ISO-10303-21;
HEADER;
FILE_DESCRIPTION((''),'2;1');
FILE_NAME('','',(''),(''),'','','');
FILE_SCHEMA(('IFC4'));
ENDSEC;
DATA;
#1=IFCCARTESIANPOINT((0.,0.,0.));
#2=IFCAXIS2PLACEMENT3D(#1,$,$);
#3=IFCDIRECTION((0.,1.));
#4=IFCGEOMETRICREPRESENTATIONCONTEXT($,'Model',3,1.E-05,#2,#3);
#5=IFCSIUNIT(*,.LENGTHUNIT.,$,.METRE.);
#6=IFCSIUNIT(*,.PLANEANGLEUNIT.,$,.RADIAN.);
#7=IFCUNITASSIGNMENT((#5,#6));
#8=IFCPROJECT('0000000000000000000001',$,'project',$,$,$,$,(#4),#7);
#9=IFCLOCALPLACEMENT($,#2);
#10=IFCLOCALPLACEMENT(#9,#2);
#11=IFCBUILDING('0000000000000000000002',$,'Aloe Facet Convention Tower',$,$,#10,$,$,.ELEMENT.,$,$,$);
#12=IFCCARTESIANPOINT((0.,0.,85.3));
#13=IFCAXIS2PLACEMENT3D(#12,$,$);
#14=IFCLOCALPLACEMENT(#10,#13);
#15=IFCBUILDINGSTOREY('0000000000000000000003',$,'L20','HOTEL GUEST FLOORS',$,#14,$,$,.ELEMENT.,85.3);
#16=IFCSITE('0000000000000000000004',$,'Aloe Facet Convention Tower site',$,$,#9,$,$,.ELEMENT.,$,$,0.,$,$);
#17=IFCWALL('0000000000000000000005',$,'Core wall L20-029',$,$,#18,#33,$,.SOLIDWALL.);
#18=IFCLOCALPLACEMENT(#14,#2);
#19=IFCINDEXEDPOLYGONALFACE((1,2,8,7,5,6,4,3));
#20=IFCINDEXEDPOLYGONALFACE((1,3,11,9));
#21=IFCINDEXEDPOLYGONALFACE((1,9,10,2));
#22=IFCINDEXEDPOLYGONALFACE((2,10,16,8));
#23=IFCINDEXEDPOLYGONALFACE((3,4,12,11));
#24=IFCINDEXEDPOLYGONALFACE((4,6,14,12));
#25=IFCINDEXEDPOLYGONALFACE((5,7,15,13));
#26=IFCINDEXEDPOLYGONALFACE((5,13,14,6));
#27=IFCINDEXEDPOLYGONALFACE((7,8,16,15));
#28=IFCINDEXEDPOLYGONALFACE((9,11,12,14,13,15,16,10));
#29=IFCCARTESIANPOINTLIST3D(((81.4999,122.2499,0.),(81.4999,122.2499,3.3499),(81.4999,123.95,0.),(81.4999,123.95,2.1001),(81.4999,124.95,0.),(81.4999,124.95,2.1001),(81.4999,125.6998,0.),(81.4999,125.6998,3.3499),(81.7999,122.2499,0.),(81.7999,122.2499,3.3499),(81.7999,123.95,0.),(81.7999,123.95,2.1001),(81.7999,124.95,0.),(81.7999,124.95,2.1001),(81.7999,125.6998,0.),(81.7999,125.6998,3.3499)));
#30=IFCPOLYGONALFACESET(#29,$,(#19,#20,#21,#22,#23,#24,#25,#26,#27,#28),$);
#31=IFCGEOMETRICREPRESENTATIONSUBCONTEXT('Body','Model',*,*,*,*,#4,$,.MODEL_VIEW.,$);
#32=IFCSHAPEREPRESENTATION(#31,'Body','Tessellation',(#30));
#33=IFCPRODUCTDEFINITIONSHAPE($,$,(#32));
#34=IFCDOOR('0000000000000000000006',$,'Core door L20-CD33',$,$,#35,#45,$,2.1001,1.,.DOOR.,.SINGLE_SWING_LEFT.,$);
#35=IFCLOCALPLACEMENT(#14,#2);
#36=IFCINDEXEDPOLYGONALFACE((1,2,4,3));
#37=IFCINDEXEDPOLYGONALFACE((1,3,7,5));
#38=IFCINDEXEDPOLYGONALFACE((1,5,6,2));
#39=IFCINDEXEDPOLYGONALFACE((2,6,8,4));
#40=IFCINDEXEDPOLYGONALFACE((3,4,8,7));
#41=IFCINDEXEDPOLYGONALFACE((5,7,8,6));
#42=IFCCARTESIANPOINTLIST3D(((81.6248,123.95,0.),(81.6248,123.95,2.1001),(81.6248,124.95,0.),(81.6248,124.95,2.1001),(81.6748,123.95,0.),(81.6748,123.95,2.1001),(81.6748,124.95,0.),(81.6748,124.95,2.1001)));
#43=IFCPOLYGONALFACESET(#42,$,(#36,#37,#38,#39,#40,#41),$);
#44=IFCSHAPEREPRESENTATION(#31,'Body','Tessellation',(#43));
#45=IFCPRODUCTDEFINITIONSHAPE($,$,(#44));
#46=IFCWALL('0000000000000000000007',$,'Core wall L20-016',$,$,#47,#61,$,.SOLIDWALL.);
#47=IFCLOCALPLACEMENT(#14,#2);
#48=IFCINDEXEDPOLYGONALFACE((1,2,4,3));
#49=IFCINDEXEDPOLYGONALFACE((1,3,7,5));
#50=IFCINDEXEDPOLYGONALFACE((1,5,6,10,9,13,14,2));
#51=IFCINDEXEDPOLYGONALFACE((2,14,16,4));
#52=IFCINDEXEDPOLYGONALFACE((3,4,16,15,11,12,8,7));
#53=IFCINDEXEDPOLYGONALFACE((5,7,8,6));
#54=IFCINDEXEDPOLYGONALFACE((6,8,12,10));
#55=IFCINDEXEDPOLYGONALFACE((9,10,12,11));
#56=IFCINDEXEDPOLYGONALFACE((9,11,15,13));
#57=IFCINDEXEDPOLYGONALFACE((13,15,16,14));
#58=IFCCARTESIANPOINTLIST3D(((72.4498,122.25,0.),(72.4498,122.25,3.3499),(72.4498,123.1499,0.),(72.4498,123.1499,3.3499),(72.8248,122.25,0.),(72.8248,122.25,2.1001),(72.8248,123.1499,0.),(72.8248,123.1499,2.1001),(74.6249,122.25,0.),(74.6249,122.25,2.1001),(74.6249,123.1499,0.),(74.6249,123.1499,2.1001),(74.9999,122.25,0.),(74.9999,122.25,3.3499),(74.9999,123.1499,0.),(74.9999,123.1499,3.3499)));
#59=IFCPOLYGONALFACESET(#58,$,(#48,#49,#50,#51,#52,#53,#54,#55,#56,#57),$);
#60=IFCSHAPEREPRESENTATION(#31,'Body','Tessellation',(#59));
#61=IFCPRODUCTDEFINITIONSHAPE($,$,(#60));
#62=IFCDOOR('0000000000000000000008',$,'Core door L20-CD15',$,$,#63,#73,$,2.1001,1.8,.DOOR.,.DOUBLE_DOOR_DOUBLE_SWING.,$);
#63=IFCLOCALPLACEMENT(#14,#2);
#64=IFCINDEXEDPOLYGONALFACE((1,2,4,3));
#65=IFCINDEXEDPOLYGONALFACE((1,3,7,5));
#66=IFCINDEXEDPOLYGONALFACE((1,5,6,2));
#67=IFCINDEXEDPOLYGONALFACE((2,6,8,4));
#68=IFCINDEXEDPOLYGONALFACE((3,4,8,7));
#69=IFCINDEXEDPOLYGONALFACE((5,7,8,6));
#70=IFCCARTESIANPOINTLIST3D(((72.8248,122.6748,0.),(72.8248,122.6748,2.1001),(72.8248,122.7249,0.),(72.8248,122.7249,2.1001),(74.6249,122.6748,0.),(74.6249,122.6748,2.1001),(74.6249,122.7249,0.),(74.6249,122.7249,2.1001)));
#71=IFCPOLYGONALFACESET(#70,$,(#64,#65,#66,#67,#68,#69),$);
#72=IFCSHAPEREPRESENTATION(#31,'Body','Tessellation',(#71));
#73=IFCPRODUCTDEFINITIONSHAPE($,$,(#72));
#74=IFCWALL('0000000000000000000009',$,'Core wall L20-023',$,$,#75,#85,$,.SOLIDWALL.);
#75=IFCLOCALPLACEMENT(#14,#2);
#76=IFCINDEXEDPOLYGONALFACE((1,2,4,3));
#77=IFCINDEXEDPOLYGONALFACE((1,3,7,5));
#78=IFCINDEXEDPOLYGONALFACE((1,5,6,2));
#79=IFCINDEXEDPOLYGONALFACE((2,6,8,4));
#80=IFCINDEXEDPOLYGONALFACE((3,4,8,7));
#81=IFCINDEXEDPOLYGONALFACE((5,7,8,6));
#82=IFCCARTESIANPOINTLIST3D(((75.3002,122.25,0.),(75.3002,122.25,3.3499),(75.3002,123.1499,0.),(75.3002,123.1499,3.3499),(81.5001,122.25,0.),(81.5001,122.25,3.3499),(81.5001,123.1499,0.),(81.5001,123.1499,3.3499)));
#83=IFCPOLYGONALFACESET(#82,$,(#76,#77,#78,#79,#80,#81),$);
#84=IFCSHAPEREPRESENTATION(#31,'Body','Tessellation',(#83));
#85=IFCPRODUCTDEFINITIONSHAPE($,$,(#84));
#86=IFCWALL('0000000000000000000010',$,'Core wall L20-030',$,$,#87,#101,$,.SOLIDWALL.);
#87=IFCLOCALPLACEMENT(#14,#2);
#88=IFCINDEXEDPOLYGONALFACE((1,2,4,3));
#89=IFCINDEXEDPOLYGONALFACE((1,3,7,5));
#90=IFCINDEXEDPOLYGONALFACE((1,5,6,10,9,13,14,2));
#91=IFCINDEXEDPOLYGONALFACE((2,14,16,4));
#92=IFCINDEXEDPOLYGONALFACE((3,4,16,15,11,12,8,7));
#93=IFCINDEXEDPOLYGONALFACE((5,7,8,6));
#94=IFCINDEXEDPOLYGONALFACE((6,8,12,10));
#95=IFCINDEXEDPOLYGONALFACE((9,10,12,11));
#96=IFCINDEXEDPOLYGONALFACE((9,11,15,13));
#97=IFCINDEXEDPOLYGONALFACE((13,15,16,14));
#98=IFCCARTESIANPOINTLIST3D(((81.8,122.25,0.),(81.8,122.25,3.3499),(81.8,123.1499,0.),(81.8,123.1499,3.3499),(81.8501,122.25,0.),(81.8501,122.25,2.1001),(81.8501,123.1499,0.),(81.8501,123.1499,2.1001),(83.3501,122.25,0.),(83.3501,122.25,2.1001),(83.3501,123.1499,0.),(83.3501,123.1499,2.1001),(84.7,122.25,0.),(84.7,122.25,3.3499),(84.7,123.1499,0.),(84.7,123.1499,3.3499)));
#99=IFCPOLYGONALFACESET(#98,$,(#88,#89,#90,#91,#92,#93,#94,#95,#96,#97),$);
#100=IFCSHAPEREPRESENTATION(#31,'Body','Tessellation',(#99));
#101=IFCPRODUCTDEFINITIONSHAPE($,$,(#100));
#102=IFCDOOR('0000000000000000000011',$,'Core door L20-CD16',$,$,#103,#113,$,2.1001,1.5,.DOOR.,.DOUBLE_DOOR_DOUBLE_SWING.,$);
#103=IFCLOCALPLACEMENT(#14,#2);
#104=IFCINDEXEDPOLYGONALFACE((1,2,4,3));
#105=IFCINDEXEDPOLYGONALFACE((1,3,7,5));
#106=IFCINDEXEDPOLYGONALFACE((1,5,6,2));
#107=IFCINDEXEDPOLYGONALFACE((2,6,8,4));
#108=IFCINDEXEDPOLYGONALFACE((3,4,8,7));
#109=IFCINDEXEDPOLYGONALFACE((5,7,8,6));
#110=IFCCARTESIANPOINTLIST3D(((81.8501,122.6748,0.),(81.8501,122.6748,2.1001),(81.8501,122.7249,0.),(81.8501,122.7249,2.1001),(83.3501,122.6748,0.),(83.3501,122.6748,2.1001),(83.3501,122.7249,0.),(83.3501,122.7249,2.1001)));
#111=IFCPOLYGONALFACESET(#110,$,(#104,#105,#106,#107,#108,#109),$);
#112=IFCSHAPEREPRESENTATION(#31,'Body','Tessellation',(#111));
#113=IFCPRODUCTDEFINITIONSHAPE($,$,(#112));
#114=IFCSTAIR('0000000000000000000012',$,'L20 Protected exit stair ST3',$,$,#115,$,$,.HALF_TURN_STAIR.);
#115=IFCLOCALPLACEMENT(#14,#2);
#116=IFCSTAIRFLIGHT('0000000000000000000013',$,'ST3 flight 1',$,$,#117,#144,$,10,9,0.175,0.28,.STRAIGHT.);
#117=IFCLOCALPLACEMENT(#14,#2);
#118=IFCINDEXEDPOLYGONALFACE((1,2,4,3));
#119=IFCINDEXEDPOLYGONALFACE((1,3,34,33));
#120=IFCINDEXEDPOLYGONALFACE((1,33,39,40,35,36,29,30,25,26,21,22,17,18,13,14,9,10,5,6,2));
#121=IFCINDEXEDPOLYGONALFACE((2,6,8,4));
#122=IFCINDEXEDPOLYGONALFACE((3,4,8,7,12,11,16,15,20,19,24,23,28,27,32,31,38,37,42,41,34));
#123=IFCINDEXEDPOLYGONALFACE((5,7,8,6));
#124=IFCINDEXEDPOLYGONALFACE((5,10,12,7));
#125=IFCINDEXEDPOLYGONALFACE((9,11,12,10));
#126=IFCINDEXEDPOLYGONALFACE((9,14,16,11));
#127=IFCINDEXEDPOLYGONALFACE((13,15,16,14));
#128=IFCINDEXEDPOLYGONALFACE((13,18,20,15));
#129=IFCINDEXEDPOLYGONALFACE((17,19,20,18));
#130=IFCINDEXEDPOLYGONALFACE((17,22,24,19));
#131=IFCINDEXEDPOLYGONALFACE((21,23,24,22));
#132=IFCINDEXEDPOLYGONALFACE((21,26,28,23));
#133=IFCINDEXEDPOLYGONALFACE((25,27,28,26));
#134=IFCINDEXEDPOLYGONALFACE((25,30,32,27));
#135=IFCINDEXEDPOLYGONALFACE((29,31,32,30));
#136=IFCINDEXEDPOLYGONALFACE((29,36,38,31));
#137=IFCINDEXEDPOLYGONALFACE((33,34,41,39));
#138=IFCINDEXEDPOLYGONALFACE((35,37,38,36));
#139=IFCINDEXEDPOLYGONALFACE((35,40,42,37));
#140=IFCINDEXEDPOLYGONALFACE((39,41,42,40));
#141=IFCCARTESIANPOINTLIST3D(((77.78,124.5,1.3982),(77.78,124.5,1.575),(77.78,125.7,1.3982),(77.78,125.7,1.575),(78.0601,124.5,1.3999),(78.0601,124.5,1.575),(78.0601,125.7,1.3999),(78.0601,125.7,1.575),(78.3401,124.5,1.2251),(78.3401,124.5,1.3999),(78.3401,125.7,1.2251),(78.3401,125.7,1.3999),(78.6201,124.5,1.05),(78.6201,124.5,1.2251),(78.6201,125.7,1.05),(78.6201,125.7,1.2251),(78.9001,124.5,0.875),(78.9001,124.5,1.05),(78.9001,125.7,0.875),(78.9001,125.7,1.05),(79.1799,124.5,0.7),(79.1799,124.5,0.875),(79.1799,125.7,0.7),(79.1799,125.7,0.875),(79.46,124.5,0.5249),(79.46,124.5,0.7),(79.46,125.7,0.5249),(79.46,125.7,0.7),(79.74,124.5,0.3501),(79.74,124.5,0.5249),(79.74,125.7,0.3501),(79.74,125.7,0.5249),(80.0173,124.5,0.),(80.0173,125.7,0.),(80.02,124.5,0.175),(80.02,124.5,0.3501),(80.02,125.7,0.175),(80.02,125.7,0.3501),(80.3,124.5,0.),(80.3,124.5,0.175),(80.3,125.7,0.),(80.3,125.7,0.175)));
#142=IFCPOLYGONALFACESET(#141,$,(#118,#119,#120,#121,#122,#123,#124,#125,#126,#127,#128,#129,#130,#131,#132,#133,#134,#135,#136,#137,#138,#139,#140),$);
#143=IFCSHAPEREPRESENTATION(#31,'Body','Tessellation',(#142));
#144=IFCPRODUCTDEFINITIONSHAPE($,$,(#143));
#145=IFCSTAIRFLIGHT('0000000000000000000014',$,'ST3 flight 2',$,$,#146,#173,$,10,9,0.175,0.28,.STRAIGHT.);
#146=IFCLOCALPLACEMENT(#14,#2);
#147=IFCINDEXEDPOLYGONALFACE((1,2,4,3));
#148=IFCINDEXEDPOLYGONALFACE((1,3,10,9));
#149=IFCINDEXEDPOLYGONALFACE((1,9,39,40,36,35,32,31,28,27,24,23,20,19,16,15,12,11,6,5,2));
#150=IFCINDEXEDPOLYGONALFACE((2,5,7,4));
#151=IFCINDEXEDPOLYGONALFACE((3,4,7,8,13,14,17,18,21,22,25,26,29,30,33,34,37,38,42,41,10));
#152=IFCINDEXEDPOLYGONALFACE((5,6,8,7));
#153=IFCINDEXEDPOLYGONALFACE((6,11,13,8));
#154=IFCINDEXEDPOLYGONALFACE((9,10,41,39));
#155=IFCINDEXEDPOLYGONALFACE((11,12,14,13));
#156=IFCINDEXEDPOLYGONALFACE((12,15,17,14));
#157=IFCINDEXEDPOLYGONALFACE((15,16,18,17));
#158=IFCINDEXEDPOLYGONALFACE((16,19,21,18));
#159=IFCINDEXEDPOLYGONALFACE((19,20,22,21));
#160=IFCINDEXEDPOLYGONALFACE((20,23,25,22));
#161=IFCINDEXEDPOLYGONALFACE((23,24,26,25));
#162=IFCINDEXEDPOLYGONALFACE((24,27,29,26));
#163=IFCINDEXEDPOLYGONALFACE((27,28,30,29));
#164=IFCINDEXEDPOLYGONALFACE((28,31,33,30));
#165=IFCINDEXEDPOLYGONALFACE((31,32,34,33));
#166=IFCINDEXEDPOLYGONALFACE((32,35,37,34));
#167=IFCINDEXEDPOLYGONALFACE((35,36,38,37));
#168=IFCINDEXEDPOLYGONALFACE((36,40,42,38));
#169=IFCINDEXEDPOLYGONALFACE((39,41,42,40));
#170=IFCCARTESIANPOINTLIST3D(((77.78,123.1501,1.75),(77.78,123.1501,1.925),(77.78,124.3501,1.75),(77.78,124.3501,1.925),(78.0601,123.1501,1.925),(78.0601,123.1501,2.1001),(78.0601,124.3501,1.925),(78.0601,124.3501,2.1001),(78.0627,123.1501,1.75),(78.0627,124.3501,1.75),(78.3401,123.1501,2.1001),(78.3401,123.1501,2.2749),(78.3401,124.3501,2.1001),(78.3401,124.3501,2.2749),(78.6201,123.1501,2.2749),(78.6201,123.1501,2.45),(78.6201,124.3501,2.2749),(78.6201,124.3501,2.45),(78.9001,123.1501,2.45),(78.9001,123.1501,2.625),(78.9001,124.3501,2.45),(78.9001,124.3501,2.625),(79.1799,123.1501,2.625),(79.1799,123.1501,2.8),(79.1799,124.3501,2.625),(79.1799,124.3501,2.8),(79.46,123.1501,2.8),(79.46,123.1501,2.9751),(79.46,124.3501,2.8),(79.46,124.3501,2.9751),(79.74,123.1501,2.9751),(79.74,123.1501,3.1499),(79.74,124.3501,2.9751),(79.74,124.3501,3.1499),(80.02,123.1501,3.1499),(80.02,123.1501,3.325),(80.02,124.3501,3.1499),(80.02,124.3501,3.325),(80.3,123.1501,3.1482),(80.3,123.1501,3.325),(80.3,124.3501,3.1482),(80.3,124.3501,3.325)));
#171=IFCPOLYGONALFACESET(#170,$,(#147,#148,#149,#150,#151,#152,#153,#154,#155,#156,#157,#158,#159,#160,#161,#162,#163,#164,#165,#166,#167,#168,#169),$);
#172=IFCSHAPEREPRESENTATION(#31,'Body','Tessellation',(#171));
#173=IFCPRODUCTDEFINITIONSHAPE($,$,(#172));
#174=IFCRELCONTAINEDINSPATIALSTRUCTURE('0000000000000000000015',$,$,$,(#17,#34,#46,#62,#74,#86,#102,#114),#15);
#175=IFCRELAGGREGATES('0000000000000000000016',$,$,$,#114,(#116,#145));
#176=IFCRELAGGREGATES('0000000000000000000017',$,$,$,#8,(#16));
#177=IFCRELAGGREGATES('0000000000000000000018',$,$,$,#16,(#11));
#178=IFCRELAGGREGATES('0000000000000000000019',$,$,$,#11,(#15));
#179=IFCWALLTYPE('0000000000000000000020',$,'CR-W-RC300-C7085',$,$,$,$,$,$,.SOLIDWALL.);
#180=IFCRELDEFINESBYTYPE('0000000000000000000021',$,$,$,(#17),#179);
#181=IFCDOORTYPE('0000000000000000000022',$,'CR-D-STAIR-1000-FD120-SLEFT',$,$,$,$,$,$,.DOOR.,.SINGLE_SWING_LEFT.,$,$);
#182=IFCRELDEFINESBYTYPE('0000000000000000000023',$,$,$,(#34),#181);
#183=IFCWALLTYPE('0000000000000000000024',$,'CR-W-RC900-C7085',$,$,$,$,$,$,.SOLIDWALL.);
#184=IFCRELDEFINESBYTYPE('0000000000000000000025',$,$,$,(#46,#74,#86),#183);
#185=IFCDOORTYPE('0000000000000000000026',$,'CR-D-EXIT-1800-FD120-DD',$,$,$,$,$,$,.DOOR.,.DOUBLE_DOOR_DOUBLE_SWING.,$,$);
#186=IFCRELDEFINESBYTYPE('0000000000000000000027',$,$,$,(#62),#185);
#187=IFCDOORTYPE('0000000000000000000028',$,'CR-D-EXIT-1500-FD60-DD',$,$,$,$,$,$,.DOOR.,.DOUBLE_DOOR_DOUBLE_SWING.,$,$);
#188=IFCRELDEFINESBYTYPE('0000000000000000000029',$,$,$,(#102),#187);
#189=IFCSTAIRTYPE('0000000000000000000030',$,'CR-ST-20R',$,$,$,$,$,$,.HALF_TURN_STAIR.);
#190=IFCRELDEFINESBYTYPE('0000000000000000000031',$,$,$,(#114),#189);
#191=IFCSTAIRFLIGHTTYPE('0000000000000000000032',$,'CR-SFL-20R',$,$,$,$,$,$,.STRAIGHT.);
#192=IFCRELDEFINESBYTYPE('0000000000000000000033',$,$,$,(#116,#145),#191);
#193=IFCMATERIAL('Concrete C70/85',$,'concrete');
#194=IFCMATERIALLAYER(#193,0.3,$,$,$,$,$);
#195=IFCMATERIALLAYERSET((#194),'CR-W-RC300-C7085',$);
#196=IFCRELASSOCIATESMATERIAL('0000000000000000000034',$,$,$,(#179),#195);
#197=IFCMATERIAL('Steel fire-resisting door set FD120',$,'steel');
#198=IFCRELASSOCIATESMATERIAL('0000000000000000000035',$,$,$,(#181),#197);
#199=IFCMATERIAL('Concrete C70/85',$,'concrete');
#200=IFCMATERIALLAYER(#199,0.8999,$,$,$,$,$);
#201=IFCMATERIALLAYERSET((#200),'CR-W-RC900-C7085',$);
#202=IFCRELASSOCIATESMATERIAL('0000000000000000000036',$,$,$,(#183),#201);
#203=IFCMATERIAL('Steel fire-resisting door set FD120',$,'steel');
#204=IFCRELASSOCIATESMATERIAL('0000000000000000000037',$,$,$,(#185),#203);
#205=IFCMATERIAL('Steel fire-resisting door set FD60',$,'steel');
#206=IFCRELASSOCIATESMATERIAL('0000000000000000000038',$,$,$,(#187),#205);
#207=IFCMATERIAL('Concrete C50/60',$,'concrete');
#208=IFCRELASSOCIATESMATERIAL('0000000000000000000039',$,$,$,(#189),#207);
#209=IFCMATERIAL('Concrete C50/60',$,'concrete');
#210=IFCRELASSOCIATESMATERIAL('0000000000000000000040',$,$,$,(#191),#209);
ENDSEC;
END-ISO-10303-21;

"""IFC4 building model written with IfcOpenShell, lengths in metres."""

from ifc_helpers import new_model, si_unit, direction, frame, frame_2d, origin, place, context, subcontext, project, spatial, polyline, rectangle, outline, extrude, material, layer, layer_set, type_object, element, fill, aggregate, save


model = new_model("IFC4")

# Units and contexts
model_context = context("Model", 3, precision=1e-05, world=origin(), true_north=direction((0.0, 1.0)))
body_context = subcontext(model_context, "Body", "Model", "MODEL_VIEW")
ifc_project = project(units=[si_unit("LENGTHUNIT", "METRE"), si_unit("PLANEANGLEUNIT", "RADIAN")], contexts=[model_context])

# Site, building, storey
site_placement = place(None, origin())
site = spatial("IfcSite", under=ifc_project, at=site_placement, Name="Aloe Facet Convention Tower site", CompositionType="ELEMENT", RefElevation=0.0)
building_placement = place(site_placement, origin())
building = spatial("IfcBuilding", under=site, at=building_placement, Name="Aloe Facet Convention Tower", CompositionType="ELEMENT")
storey_placement = place(building_placement, frame((0.0, 0.0, 85.3)))
storey = spatial("IfcBuildingStorey", under=building, at=storey_placement, Name="L20", Description="HOTEL GUEST FLOORS", CompositionType="ELEMENT", Elevation=85.3)

# Walls, openings, doors
ifc_material_1 = material(Name="Concrete C70/85", Category="concrete")
ifc_layer_1 = layer(ifc_material_1, 0.3)
ifc_layer_set_1 = layer_set([ifc_layer_1], Name="CR-W-RC300-C7085")
wall_type_1 = type_object("IfcWallType", Name="CR-W-RC300-C7085", PredefinedType="SOLIDWALL", material=ifc_layer_set_1)
wall_1_placement = place(storey_placement, frame((81.6499, 125.7, 0.0), z_axis=(0.0, 0.0, 1.0), x_axis=(0.0, -1.0, 0.0)))
wall_1 = element("IfcWall", 1, at=wall_1_placement, inside=storey, type_object=wall_type_1, Name="Core wall L20-029", PredefinedType="SOLIDWALL", context=body_context, shape_type="SweptSolid", body=[
    extrude(rectangle(XDim=3.45, YDim=0.3, at=frame_2d((1.7251, 0.0))), origin(), (0.0, 0.0, 1.0), 3.3499),
])
opening_1_placement = place(wall_1_placement, frame((0.75, 0.0, 0.0)))
opening_1 = element("IfcOpeningElement", 2, at=opening_1_placement, cuts=wall_1, PredefinedType="OPENING", context=body_context, shape_type="SweptSolid", body=[
    extrude(rectangle(XDim=1.0, YDim=2.1001, at=frame_2d((0.5, 1.05))), frame((0.0, 0.1602, 0.0), z_axis=(0.0, -1.0, 0.0), x_axis=(1.0, 0.0, 0.0)), (0.0, 0.0, 1.0), 0.3201),
])
ifc_material_2 = material(Name="Steel fire-resisting door set FD120", Category="steel")
door_type_1 = type_object("IfcDoorType", Name="CR-D-STAIR-1000-FD120-SLEFT", OperationType="SINGLE_SWING_LEFT", PredefinedType="DOOR", material=ifc_material_2)
door_1_placement = place(opening_1_placement, origin())
door_1 = element("IfcDoor", 3, at=door_1_placement, inside=storey, type_object=door_type_1, Name="Core door L20-CD33", OperationType="SINGLE_SWING_LEFT", OverallHeight=2.1001, OverallWidth=1.0, PredefinedType="DOOR", context=body_context, shape_type="SweptSolid", body=[
    extrude(rectangle(XDim=1.0, YDim=2.1001, at=frame_2d((0.5, 1.05))), frame((0.0, 0.0249, 0.0), z_axis=(0.0, -1.0, 0.0), x_axis=(1.0, 0.0, 0.0)), (0.0, 0.0, 1.0), 0.05),
])
fill(opening_1, door_1)
ifc_material_3 = material(Name="Concrete C70/85", Category="concrete")
ifc_layer_2 = layer(ifc_material_3, 0.8999)
ifc_layer_set_2 = layer_set([ifc_layer_2], Name="CR-W-RC900-C7085")
wall_type_2 = type_object("IfcWallType", Name="CR-W-RC900-C7085", PredefinedType="SOLIDWALL", material=ifc_layer_set_2)
wall_2_placement = place(storey_placement, frame((72.45, 122.7, 0.0), z_axis=(0.0, 0.0, 1.0), x_axis=(1.0, 0.0, 0.0)))
wall_2 = element("IfcWall", 4, at=wall_2_placement, inside=storey, type_object=wall_type_2, Name="Core wall L20-016", PredefinedType="SOLIDWALL", context=body_context, shape_type="SweptSolid", body=[
    extrude(rectangle(XDim=2.55, YDim=0.8999, at=frame_2d((1.2749, 0.0))), origin(), (0.0, 0.0, 1.0), 3.3499),
])
opening_2_placement = place(wall_2_placement, frame((0.375, 0.0, 0.0)))
opening_2 = element("IfcOpeningElement", 5, at=opening_2_placement, cuts=wall_2, PredefinedType="OPENING", context=body_context, shape_type="SweptSolid", body=[
    extrude(rectangle(XDim=1.8, YDim=2.1001, at=frame_2d((0.8999, 1.05))), frame((0.0, 0.46, 0.0), z_axis=(0.0, -1.0, 0.0), x_axis=(1.0, 0.0, 0.0)), (0.0, 0.0, 1.0), 0.9199),
])
ifc_material_4 = material(Name="Steel fire-resisting door set FD120", Category="steel")
door_type_2 = type_object("IfcDoorType", Name="CR-D-EXIT-1800-FD120-DD", OperationType="DOUBLE_DOOR_DOUBLE_SWING", PredefinedType="DOOR", material=ifc_material_4)
door_2_placement = place(opening_2_placement, origin())
door_2 = element("IfcDoor", 6, at=door_2_placement, inside=storey, type_object=door_type_2, Name="Core door L20-CD15", OperationType="DOUBLE_DOOR_DOUBLE_SWING", OverallHeight=2.1001, OverallWidth=1.8, PredefinedType="DOOR", context=body_context, shape_type="SweptSolid", body=[
    extrude(rectangle(XDim=1.8, YDim=2.1001, at=frame_2d((0.8999, 1.05))), frame((0.0, 0.0249, 0.0), z_axis=(0.0, -1.0, 0.0), x_axis=(1.0, 0.0, 0.0)), (0.0, 0.0, 1.0), 0.05),
])
fill(opening_2, door_2)

# Wall
wall_3_placement = place(storey_placement, frame((75.3, 122.7, 0.0), z_axis=(0.0, 0.0, 1.0), x_axis=(1.0, 0.0, 0.0)))
element("IfcWall", 7, at=wall_3_placement, inside=storey, type_object=wall_type_2, Name="Core wall L20-023", PredefinedType="SOLIDWALL", context=body_context, shape_type="SweptSolid", body=[
    extrude(rectangle(XDim=6.2, YDim=0.8999, at=frame_2d((3.1001, 0.0))), origin(), (0.0, 0.0, 1.0), 3.3499),
])

# Wall, opening, door
wall_4_placement = place(storey_placement, frame((81.8, 122.7, 0.0), z_axis=(0.0, 0.0, 1.0), x_axis=(1.0, 0.0, 0.0)))
wall_4 = element("IfcWall", 8, at=wall_4_placement, inside=storey, type_object=wall_type_2, Name="Core wall L20-030", PredefinedType="SOLIDWALL", context=body_context, shape_type="SweptSolid", body=[
    extrude(rectangle(XDim=2.8999, YDim=0.8999, at=frame_2d((1.45, 0.0))), origin(), (0.0, 0.0, 1.0), 3.3499),
])
opening_3_placement = place(wall_4_placement, frame((0.05, 0.0, 0.0)))
opening_3 = element("IfcOpeningElement", 9, at=opening_3_placement, cuts=wall_4, PredefinedType="OPENING", context=body_context, shape_type="SweptSolid", body=[
    extrude(rectangle(XDim=1.5, YDim=2.1001, at=frame_2d((0.75, 1.05))), frame((0.0, 0.46, 0.0), z_axis=(0.0, -1.0, 0.0), x_axis=(1.0, 0.0, 0.0)), (0.0, 0.0, 1.0), 0.9199),
])
ifc_material_5 = material(Name="Steel fire-resisting door set FD60", Category="steel")
door_type_3 = type_object("IfcDoorType", Name="CR-D-EXIT-1500-FD60-DD", OperationType="DOUBLE_DOOR_DOUBLE_SWING", PredefinedType="DOOR", material=ifc_material_5)
door_3_placement = place(opening_3_placement, origin())
door_3 = element("IfcDoor", 10, at=door_3_placement, inside=storey, type_object=door_type_3, Name="Core door L20-CD16", OperationType="DOUBLE_DOOR_DOUBLE_SWING", OverallHeight=2.1001, OverallWidth=1.5, PredefinedType="DOOR", context=body_context, shape_type="SweptSolid", body=[
    extrude(rectangle(XDim=1.5, YDim=2.1001, at=frame_2d((0.75, 1.05))), frame((0.0, 0.0249, 0.0), z_axis=(0.0, -1.0, 0.0), x_axis=(1.0, 0.0, 0.0)), (0.0, 0.0, 1.0), 0.05),
])
fill(opening_3, door_3)

# Stair, stair flights
ifc_material_6 = material(Name="Concrete C50/60", Category="concrete")
stair_type = type_object("IfcStairType", Name="CR-ST-20R", PredefinedType="HALF_TURN_STAIR", material=ifc_material_6)
stair_placement = place(storey_placement, origin())
stair = element("IfcStair", 11, at=stair_placement, inside=storey, type_object=stair_type, Name="L20 Protected exit stair ST3", PredefinedType="HALF_TURN_STAIR")
ifc_material_7 = material(Name="Concrete C50/60", Category="concrete")
stair_flight_type = type_object("IfcStairFlightType", Name="CR-SFL-20R", PredefinedType="STRAIGHT", material=ifc_material_7)
stair_flight_1_placement = place(storey_placement, frame((80.3, 125.1001, 0.0), z_axis=(0.0, 0.0, 1.0), x_axis=(-1.0, 0.0, 0.0)))
stair_flight_1 = element("IfcStairFlight", 12, at=stair_flight_1_placement, type_object=stair_flight_type, Name="ST3 flight 1", NumberOfRisers=10, NumberOfTreads=9, PredefinedType="STRAIGHT", RiserHeight=0.175, TreadLength=0.28, context=body_context, shape_type="SweptSolid", body=[
    extrude(outline(polyline([(0.0, 0.0), (0.0, 0.175), (0.28, 0.175), (0.28, 0.3501), (0.5601, 0.3501), (0.5601, 0.5249), (0.8401, 0.5249), (0.8401, 0.7), (1.1201, 0.7), (1.1201, 0.875), (1.3999, 0.875), (1.3999, 1.05), (1.6799, 1.05), (1.6799, 1.2251), (1.96, 1.2251), (1.96, 1.3999), (2.24, 1.3999), (2.24, 1.575), (2.52, 1.575), (2.52, 1.75), (2.52, 1.3982), (0.2827, 0.0), (0.0, 0.0)])), frame((0.0, 0.6001, 0.0), z_axis=(0.0, -1.0, 0.0), x_axis=(1.0, 0.0, 0.0)), (0.0, 0.0, 1.0), 1.2),
])
stair_flight_2_placement = place(storey_placement, frame((77.78, 123.75, 1.75), z_axis=(0.0, 0.0, 1.0), x_axis=(1.0, 0.0, 0.0)))
stair_flight_2 = element("IfcStairFlight", 13, at=stair_flight_2_placement, type_object=stair_flight_type, Name="ST3 flight 2", NumberOfRisers=10, NumberOfTreads=9, PredefinedType="STRAIGHT", RiserHeight=0.175, TreadLength=0.28, context=body_context, shape_type="SweptSolid", body=[
    extrude(outline(polyline([(0.0, 0.0), (0.0, 0.175), (0.28, 0.175), (0.28, 0.3501), (0.5601, 0.3501), (0.5601, 0.5249), (0.8401, 0.5249), (0.8401, 0.7), (1.1201, 0.7), (1.1201, 0.875), (1.3999, 0.875), (1.3999, 1.05), (1.6799, 1.05), (1.6799, 1.2251), (1.96, 1.2251), (1.96, 1.3999), (2.24, 1.3999), (2.24, 1.575), (2.52, 1.575), (2.52, 1.75), (2.52, 1.3982), (0.2827, 0.0), (0.0, 0.0)])), frame((0.0, 0.6001, 0.0), z_axis=(0.0, -1.0, 0.0), x_axis=(1.0, 0.0, 0.0)), (0.0, 0.0, 1.0), 1.2),
])
aggregate(stair, [stair_flight_1, stair_flight_2])

save(model, "model.ifc")
